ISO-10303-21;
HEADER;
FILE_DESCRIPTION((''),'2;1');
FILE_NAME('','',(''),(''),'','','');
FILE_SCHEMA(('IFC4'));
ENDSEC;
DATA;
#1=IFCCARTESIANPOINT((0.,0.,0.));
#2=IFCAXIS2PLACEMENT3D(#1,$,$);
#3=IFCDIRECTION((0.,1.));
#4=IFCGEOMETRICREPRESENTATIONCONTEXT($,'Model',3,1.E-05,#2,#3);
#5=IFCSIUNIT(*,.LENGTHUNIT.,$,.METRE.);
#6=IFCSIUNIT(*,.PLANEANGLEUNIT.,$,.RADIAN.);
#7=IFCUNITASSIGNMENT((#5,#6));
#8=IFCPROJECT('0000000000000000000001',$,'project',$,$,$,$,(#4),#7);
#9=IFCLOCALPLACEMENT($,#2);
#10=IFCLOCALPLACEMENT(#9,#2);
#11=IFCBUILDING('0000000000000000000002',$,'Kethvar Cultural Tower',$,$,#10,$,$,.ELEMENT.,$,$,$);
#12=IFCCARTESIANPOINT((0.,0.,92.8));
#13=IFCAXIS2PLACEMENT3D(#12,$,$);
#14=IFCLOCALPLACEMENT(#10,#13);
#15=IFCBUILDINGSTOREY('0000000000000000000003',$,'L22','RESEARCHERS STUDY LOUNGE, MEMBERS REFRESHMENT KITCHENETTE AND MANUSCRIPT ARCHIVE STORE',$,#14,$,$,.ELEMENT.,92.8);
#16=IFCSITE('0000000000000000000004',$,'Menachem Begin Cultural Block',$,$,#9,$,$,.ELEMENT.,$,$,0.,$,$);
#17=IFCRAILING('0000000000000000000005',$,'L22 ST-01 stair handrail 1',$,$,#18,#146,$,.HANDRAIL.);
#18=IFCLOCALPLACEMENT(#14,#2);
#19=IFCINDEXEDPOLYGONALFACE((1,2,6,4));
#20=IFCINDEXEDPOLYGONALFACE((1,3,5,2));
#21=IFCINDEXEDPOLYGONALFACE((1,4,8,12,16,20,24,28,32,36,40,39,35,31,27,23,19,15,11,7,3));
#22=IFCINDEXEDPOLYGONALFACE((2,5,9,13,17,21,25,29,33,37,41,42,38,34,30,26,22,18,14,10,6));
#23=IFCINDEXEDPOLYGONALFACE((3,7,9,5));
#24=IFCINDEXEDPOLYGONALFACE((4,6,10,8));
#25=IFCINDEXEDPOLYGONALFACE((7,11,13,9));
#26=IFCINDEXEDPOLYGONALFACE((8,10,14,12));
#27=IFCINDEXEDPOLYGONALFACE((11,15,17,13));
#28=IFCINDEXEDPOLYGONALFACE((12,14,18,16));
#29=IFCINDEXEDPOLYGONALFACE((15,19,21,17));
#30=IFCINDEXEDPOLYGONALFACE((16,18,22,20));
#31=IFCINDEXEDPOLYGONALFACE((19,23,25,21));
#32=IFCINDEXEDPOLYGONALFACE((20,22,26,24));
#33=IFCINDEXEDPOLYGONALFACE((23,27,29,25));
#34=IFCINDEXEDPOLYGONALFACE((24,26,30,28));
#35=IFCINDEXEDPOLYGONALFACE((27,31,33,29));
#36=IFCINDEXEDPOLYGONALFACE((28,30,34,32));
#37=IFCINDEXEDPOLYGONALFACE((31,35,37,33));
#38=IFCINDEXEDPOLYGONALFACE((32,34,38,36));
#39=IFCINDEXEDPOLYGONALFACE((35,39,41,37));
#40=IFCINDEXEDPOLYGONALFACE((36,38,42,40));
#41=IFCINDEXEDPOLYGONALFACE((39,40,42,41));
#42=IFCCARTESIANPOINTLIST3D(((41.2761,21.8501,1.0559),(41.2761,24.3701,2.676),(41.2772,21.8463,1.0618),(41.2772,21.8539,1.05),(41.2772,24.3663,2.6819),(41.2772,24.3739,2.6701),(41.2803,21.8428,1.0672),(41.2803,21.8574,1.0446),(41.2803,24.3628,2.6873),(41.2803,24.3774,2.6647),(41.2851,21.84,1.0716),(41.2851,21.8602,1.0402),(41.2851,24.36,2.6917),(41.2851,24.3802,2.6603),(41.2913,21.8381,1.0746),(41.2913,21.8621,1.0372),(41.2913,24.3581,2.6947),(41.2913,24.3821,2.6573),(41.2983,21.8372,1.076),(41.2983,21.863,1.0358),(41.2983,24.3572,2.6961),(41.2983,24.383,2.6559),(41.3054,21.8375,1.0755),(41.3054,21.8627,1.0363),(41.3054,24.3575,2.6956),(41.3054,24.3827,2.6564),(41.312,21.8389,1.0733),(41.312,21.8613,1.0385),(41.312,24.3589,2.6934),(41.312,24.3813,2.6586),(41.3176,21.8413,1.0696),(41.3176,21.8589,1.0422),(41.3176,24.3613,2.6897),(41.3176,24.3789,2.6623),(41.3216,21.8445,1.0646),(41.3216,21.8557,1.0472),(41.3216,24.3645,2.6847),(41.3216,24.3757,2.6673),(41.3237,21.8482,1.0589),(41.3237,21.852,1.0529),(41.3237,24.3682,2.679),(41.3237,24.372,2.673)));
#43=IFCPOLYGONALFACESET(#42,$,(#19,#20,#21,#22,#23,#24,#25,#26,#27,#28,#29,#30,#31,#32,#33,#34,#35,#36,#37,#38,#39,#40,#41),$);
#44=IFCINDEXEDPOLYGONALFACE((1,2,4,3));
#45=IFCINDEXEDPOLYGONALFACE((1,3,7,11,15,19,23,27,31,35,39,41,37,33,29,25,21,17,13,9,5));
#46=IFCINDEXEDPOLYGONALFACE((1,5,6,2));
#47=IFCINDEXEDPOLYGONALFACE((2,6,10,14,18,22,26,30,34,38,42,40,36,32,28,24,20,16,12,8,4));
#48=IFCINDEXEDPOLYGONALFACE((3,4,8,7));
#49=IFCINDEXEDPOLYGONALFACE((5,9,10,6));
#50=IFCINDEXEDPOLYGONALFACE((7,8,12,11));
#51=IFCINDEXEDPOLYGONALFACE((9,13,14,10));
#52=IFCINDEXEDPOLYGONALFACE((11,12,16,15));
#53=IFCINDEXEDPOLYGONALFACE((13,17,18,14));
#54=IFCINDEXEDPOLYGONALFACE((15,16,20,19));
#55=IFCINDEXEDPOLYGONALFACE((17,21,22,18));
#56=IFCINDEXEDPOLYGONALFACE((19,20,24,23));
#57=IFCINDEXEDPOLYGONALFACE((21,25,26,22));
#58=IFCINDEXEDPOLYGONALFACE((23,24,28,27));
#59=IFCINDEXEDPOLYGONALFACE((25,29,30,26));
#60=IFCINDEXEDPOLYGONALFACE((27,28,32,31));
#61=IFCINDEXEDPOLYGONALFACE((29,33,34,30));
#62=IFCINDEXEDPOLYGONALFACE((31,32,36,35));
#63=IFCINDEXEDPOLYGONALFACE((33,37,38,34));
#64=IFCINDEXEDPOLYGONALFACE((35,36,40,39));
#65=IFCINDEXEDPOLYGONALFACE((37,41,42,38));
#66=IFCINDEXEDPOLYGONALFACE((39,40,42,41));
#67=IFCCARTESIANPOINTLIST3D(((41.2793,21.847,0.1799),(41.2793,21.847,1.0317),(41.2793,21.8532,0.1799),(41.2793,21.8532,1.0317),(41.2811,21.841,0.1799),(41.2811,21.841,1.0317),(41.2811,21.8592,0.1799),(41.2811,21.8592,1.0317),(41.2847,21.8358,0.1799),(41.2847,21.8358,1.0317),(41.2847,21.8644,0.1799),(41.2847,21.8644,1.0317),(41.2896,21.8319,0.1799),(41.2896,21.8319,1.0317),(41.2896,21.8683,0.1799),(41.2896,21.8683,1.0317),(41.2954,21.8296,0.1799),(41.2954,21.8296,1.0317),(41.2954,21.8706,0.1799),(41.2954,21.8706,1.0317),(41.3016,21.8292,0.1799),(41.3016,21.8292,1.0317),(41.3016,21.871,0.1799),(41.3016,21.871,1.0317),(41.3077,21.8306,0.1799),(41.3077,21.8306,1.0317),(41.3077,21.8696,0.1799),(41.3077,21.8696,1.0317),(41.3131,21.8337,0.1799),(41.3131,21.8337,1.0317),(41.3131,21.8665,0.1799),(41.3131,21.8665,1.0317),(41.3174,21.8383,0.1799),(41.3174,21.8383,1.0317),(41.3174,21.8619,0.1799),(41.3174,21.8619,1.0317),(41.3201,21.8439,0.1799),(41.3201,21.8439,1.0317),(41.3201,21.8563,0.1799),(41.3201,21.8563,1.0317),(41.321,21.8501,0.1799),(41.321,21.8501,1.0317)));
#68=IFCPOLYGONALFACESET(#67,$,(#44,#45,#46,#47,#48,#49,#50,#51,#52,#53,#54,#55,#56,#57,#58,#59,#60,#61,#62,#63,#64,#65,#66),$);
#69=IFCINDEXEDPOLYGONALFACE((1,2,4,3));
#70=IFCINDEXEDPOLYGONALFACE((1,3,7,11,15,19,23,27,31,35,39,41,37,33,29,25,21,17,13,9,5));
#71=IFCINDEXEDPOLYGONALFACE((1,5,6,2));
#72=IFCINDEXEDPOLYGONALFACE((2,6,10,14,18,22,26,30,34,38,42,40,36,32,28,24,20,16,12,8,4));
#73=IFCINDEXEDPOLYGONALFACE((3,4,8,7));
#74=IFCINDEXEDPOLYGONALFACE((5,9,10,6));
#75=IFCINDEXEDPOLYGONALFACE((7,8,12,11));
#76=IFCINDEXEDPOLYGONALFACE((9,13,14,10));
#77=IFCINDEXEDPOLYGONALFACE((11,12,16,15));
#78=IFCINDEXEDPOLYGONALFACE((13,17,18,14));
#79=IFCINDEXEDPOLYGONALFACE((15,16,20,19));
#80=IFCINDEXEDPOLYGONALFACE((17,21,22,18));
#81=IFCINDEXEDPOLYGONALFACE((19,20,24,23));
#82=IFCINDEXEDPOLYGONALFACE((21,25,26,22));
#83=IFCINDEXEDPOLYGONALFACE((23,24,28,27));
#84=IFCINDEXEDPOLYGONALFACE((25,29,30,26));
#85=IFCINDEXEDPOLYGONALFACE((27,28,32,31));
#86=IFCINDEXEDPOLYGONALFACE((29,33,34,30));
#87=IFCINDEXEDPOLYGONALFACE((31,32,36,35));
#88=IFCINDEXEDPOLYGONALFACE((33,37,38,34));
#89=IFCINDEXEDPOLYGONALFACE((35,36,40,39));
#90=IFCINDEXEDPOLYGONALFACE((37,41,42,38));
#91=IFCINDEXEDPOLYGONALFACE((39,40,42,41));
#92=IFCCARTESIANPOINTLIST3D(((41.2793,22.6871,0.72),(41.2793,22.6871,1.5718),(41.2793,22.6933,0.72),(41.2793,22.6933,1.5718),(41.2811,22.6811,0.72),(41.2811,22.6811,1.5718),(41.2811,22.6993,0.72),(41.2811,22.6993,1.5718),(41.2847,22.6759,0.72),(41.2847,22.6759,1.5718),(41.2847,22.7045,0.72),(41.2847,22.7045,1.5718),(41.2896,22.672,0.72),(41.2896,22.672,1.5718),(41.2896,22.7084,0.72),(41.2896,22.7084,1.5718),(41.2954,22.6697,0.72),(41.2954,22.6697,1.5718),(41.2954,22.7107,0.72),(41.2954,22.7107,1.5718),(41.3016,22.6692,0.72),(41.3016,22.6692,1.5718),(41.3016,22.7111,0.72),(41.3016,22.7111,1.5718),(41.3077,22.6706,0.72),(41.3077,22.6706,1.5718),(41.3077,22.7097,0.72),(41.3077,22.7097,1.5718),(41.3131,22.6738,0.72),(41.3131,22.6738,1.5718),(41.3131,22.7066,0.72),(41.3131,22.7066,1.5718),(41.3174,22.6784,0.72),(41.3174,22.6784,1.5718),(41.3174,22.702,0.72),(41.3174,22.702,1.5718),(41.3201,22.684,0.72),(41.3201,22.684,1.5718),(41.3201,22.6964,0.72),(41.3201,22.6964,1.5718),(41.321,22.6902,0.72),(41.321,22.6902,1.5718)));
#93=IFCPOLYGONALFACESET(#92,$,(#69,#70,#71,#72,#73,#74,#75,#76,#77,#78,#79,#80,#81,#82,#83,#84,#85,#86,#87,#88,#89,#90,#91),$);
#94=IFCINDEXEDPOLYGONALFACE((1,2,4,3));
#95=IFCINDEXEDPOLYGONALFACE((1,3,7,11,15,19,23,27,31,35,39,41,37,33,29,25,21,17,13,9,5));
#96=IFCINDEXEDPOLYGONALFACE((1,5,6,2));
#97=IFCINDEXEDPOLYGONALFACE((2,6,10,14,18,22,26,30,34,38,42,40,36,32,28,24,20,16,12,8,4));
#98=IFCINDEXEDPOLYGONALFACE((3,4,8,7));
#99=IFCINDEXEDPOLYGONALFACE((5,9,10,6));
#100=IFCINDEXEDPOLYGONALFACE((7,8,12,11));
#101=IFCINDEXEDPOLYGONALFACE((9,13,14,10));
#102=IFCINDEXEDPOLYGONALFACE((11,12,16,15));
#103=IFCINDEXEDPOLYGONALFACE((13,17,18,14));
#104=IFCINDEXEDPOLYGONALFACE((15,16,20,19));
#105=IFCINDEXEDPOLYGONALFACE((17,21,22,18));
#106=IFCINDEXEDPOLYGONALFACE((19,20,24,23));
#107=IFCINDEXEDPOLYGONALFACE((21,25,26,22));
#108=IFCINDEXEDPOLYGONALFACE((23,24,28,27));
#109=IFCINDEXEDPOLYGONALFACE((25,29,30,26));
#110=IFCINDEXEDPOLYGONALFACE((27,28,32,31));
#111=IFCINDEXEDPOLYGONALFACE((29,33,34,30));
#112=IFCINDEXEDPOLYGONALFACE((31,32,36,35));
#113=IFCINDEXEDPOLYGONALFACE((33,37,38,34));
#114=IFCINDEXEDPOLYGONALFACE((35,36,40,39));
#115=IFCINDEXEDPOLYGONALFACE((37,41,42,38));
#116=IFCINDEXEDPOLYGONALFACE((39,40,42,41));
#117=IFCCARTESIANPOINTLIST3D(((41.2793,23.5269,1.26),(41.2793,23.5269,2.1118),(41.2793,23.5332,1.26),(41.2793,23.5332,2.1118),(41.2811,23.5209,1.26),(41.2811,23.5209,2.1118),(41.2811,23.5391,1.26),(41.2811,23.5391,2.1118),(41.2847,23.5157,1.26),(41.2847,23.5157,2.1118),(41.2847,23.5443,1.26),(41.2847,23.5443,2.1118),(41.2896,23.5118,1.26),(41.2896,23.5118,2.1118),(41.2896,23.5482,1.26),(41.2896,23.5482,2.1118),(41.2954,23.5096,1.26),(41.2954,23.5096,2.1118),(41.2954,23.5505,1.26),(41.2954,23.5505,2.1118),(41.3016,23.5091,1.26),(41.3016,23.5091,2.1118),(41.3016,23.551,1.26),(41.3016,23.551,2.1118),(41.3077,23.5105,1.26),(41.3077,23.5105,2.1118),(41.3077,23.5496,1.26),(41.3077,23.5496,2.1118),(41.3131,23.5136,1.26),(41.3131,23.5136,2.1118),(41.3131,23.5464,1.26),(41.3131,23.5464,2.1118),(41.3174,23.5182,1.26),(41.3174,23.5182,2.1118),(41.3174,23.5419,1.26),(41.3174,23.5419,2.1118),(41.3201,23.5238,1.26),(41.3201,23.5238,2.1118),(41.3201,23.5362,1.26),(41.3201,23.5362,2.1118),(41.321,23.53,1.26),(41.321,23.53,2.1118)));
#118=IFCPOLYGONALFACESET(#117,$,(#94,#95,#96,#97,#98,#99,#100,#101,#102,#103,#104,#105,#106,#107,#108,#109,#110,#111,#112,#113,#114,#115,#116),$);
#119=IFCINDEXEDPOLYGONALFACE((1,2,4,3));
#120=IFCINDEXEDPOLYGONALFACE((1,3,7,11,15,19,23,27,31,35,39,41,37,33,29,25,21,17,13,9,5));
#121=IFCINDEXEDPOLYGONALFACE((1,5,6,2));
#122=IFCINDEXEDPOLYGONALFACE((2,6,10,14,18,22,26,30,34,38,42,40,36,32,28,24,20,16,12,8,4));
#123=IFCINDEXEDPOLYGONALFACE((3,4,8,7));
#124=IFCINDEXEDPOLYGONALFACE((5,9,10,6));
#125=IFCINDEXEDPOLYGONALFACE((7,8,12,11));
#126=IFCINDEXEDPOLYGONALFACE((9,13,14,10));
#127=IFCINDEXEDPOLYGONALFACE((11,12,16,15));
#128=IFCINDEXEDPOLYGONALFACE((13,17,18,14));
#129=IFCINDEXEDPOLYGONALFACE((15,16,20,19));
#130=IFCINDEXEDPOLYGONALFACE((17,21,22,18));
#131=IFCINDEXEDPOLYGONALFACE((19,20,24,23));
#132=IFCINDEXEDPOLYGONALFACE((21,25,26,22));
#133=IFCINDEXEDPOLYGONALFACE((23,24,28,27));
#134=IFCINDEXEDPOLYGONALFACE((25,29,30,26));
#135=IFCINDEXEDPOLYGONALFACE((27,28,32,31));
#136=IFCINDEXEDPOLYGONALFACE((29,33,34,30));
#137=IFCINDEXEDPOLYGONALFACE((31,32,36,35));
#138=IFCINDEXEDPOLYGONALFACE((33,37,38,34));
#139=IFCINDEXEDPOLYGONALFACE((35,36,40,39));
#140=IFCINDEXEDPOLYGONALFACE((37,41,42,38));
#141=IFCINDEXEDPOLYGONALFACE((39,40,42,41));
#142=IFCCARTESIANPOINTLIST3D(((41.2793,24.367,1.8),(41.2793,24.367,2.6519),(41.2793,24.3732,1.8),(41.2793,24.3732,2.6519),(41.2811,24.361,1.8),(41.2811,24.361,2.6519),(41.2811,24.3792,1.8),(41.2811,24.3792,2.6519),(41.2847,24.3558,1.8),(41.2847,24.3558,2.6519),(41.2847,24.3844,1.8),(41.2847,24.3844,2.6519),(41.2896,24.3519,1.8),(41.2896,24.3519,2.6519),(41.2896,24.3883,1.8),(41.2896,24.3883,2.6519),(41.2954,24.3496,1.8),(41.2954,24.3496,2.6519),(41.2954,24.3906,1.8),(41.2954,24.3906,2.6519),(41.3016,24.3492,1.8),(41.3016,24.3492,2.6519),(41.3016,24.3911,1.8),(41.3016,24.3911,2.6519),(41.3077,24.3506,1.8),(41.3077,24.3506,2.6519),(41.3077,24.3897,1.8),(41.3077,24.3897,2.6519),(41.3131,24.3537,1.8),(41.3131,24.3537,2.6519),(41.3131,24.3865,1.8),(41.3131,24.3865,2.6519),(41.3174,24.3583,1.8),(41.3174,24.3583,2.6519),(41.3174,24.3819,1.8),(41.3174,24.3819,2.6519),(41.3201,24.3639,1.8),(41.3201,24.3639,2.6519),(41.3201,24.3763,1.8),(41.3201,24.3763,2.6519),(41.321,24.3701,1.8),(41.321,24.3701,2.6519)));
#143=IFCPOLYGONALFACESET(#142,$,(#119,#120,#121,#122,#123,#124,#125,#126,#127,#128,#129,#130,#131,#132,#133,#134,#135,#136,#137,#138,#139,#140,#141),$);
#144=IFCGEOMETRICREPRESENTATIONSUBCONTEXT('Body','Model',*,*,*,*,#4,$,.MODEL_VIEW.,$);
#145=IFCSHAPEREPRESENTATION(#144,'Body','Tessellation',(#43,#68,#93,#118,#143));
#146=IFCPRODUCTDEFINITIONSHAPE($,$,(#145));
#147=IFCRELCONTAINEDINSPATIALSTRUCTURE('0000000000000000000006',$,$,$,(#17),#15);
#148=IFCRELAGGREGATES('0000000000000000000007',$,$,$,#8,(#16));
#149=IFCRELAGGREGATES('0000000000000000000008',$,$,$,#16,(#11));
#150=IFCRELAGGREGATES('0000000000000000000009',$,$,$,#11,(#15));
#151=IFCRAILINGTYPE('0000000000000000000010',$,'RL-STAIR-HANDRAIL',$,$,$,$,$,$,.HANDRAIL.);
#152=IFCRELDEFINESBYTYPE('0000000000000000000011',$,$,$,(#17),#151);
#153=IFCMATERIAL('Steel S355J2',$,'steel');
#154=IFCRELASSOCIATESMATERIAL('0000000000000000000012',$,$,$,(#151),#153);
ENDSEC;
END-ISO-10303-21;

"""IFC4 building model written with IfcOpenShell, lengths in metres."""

from ifc_helpers import new_model, si_unit, direction, frame, origin, origin_2d, place, context, subcontext, project, spatial, circle, extrude, material, type_object, element, save


model = new_model("IFC4")

# Units and contexts
model_context = context("Model", 3, precision=1e-05, world=origin(), true_north=direction((0.0, 1.0)))
body_context = subcontext(model_context, "Body", "Model", "MODEL_VIEW")
ifc_project = project(units=[si_unit("LENGTHUNIT", "METRE"), si_unit("PLANEANGLEUNIT", "RADIAN")], contexts=[model_context])

# Site, building, storey
site_placement = place(None, origin())
site = spatial("IfcSite", under=ifc_project, at=site_placement, Name="Menachem Begin Cultural Block", CompositionType="ELEMENT", RefElevation=0.0)
building_placement = place(site_placement, origin())
building = spatial("IfcBuilding", under=site, at=building_placement, Name="Kethvar Cultural Tower", CompositionType="ELEMENT")
storey_placement = place(building_placement, frame((0.0, 0.0, 92.8)))
storey = spatial("IfcBuildingStorey", under=building, at=storey_placement, Name="L22", Description="RESEARCHERS STUDY LOUNGE, MEMBERS REFRESHMENT KITCHENETTE AND MANUSCRIPT ARCHIVE STORE", CompositionType="ELEMENT", Elevation=92.8)

# Shared definitions
ifc_material_1 = material(Name="Steel S355J2", Category="steel")

# Railing
railing_type_1 = type_object("IfcRailingType", Name="RL-STAIR-HANDRAIL", PredefinedType="HANDRAIL", material=ifc_material_1)
railing_1_placement = place(storey_placement, frame((41.3, 21.8501, 0.1799)))
element("IfcRailing", 1, at=railing_1_placement, inside=storey, type_object=railing_type_1, Name="L22 ST-01 stair handrail 1", PredefinedType="HANDRAIL", context=body_context, shape_type="SweptSolid", body=[
    extrude(circle(Radius=0.0239, at=origin_2d()), frame((0.0, 0.0, 0.876), z_axis=(0.0, 0.841163, 0.540782), x_axis=(-1.0, 0.0, 0.0)), (0.0, 0.0, 1.0), 2.9958),
    extrude(circle(Radius=0.021, at=origin_2d()), origin(), (0.0, 0.0, 1.0), 0.8518),
    extrude(circle(Radius=0.021, at=origin_2d()), frame((0.0, 0.8401, 0.54)), (0.0, 0.0, 1.0), 0.8518),
    extrude(circle(Radius=0.021, at=origin_2d()), frame((0.0, 1.6799, 1.0801)), (0.0, 0.0, 1.0), 0.8518),
    extrude(circle(Radius=0.021, at=origin_2d()), frame((0.0, 2.52, 1.6201)), (0.0, 0.0, 1.0), 0.8518),
])

save(model, "model.ifc")
